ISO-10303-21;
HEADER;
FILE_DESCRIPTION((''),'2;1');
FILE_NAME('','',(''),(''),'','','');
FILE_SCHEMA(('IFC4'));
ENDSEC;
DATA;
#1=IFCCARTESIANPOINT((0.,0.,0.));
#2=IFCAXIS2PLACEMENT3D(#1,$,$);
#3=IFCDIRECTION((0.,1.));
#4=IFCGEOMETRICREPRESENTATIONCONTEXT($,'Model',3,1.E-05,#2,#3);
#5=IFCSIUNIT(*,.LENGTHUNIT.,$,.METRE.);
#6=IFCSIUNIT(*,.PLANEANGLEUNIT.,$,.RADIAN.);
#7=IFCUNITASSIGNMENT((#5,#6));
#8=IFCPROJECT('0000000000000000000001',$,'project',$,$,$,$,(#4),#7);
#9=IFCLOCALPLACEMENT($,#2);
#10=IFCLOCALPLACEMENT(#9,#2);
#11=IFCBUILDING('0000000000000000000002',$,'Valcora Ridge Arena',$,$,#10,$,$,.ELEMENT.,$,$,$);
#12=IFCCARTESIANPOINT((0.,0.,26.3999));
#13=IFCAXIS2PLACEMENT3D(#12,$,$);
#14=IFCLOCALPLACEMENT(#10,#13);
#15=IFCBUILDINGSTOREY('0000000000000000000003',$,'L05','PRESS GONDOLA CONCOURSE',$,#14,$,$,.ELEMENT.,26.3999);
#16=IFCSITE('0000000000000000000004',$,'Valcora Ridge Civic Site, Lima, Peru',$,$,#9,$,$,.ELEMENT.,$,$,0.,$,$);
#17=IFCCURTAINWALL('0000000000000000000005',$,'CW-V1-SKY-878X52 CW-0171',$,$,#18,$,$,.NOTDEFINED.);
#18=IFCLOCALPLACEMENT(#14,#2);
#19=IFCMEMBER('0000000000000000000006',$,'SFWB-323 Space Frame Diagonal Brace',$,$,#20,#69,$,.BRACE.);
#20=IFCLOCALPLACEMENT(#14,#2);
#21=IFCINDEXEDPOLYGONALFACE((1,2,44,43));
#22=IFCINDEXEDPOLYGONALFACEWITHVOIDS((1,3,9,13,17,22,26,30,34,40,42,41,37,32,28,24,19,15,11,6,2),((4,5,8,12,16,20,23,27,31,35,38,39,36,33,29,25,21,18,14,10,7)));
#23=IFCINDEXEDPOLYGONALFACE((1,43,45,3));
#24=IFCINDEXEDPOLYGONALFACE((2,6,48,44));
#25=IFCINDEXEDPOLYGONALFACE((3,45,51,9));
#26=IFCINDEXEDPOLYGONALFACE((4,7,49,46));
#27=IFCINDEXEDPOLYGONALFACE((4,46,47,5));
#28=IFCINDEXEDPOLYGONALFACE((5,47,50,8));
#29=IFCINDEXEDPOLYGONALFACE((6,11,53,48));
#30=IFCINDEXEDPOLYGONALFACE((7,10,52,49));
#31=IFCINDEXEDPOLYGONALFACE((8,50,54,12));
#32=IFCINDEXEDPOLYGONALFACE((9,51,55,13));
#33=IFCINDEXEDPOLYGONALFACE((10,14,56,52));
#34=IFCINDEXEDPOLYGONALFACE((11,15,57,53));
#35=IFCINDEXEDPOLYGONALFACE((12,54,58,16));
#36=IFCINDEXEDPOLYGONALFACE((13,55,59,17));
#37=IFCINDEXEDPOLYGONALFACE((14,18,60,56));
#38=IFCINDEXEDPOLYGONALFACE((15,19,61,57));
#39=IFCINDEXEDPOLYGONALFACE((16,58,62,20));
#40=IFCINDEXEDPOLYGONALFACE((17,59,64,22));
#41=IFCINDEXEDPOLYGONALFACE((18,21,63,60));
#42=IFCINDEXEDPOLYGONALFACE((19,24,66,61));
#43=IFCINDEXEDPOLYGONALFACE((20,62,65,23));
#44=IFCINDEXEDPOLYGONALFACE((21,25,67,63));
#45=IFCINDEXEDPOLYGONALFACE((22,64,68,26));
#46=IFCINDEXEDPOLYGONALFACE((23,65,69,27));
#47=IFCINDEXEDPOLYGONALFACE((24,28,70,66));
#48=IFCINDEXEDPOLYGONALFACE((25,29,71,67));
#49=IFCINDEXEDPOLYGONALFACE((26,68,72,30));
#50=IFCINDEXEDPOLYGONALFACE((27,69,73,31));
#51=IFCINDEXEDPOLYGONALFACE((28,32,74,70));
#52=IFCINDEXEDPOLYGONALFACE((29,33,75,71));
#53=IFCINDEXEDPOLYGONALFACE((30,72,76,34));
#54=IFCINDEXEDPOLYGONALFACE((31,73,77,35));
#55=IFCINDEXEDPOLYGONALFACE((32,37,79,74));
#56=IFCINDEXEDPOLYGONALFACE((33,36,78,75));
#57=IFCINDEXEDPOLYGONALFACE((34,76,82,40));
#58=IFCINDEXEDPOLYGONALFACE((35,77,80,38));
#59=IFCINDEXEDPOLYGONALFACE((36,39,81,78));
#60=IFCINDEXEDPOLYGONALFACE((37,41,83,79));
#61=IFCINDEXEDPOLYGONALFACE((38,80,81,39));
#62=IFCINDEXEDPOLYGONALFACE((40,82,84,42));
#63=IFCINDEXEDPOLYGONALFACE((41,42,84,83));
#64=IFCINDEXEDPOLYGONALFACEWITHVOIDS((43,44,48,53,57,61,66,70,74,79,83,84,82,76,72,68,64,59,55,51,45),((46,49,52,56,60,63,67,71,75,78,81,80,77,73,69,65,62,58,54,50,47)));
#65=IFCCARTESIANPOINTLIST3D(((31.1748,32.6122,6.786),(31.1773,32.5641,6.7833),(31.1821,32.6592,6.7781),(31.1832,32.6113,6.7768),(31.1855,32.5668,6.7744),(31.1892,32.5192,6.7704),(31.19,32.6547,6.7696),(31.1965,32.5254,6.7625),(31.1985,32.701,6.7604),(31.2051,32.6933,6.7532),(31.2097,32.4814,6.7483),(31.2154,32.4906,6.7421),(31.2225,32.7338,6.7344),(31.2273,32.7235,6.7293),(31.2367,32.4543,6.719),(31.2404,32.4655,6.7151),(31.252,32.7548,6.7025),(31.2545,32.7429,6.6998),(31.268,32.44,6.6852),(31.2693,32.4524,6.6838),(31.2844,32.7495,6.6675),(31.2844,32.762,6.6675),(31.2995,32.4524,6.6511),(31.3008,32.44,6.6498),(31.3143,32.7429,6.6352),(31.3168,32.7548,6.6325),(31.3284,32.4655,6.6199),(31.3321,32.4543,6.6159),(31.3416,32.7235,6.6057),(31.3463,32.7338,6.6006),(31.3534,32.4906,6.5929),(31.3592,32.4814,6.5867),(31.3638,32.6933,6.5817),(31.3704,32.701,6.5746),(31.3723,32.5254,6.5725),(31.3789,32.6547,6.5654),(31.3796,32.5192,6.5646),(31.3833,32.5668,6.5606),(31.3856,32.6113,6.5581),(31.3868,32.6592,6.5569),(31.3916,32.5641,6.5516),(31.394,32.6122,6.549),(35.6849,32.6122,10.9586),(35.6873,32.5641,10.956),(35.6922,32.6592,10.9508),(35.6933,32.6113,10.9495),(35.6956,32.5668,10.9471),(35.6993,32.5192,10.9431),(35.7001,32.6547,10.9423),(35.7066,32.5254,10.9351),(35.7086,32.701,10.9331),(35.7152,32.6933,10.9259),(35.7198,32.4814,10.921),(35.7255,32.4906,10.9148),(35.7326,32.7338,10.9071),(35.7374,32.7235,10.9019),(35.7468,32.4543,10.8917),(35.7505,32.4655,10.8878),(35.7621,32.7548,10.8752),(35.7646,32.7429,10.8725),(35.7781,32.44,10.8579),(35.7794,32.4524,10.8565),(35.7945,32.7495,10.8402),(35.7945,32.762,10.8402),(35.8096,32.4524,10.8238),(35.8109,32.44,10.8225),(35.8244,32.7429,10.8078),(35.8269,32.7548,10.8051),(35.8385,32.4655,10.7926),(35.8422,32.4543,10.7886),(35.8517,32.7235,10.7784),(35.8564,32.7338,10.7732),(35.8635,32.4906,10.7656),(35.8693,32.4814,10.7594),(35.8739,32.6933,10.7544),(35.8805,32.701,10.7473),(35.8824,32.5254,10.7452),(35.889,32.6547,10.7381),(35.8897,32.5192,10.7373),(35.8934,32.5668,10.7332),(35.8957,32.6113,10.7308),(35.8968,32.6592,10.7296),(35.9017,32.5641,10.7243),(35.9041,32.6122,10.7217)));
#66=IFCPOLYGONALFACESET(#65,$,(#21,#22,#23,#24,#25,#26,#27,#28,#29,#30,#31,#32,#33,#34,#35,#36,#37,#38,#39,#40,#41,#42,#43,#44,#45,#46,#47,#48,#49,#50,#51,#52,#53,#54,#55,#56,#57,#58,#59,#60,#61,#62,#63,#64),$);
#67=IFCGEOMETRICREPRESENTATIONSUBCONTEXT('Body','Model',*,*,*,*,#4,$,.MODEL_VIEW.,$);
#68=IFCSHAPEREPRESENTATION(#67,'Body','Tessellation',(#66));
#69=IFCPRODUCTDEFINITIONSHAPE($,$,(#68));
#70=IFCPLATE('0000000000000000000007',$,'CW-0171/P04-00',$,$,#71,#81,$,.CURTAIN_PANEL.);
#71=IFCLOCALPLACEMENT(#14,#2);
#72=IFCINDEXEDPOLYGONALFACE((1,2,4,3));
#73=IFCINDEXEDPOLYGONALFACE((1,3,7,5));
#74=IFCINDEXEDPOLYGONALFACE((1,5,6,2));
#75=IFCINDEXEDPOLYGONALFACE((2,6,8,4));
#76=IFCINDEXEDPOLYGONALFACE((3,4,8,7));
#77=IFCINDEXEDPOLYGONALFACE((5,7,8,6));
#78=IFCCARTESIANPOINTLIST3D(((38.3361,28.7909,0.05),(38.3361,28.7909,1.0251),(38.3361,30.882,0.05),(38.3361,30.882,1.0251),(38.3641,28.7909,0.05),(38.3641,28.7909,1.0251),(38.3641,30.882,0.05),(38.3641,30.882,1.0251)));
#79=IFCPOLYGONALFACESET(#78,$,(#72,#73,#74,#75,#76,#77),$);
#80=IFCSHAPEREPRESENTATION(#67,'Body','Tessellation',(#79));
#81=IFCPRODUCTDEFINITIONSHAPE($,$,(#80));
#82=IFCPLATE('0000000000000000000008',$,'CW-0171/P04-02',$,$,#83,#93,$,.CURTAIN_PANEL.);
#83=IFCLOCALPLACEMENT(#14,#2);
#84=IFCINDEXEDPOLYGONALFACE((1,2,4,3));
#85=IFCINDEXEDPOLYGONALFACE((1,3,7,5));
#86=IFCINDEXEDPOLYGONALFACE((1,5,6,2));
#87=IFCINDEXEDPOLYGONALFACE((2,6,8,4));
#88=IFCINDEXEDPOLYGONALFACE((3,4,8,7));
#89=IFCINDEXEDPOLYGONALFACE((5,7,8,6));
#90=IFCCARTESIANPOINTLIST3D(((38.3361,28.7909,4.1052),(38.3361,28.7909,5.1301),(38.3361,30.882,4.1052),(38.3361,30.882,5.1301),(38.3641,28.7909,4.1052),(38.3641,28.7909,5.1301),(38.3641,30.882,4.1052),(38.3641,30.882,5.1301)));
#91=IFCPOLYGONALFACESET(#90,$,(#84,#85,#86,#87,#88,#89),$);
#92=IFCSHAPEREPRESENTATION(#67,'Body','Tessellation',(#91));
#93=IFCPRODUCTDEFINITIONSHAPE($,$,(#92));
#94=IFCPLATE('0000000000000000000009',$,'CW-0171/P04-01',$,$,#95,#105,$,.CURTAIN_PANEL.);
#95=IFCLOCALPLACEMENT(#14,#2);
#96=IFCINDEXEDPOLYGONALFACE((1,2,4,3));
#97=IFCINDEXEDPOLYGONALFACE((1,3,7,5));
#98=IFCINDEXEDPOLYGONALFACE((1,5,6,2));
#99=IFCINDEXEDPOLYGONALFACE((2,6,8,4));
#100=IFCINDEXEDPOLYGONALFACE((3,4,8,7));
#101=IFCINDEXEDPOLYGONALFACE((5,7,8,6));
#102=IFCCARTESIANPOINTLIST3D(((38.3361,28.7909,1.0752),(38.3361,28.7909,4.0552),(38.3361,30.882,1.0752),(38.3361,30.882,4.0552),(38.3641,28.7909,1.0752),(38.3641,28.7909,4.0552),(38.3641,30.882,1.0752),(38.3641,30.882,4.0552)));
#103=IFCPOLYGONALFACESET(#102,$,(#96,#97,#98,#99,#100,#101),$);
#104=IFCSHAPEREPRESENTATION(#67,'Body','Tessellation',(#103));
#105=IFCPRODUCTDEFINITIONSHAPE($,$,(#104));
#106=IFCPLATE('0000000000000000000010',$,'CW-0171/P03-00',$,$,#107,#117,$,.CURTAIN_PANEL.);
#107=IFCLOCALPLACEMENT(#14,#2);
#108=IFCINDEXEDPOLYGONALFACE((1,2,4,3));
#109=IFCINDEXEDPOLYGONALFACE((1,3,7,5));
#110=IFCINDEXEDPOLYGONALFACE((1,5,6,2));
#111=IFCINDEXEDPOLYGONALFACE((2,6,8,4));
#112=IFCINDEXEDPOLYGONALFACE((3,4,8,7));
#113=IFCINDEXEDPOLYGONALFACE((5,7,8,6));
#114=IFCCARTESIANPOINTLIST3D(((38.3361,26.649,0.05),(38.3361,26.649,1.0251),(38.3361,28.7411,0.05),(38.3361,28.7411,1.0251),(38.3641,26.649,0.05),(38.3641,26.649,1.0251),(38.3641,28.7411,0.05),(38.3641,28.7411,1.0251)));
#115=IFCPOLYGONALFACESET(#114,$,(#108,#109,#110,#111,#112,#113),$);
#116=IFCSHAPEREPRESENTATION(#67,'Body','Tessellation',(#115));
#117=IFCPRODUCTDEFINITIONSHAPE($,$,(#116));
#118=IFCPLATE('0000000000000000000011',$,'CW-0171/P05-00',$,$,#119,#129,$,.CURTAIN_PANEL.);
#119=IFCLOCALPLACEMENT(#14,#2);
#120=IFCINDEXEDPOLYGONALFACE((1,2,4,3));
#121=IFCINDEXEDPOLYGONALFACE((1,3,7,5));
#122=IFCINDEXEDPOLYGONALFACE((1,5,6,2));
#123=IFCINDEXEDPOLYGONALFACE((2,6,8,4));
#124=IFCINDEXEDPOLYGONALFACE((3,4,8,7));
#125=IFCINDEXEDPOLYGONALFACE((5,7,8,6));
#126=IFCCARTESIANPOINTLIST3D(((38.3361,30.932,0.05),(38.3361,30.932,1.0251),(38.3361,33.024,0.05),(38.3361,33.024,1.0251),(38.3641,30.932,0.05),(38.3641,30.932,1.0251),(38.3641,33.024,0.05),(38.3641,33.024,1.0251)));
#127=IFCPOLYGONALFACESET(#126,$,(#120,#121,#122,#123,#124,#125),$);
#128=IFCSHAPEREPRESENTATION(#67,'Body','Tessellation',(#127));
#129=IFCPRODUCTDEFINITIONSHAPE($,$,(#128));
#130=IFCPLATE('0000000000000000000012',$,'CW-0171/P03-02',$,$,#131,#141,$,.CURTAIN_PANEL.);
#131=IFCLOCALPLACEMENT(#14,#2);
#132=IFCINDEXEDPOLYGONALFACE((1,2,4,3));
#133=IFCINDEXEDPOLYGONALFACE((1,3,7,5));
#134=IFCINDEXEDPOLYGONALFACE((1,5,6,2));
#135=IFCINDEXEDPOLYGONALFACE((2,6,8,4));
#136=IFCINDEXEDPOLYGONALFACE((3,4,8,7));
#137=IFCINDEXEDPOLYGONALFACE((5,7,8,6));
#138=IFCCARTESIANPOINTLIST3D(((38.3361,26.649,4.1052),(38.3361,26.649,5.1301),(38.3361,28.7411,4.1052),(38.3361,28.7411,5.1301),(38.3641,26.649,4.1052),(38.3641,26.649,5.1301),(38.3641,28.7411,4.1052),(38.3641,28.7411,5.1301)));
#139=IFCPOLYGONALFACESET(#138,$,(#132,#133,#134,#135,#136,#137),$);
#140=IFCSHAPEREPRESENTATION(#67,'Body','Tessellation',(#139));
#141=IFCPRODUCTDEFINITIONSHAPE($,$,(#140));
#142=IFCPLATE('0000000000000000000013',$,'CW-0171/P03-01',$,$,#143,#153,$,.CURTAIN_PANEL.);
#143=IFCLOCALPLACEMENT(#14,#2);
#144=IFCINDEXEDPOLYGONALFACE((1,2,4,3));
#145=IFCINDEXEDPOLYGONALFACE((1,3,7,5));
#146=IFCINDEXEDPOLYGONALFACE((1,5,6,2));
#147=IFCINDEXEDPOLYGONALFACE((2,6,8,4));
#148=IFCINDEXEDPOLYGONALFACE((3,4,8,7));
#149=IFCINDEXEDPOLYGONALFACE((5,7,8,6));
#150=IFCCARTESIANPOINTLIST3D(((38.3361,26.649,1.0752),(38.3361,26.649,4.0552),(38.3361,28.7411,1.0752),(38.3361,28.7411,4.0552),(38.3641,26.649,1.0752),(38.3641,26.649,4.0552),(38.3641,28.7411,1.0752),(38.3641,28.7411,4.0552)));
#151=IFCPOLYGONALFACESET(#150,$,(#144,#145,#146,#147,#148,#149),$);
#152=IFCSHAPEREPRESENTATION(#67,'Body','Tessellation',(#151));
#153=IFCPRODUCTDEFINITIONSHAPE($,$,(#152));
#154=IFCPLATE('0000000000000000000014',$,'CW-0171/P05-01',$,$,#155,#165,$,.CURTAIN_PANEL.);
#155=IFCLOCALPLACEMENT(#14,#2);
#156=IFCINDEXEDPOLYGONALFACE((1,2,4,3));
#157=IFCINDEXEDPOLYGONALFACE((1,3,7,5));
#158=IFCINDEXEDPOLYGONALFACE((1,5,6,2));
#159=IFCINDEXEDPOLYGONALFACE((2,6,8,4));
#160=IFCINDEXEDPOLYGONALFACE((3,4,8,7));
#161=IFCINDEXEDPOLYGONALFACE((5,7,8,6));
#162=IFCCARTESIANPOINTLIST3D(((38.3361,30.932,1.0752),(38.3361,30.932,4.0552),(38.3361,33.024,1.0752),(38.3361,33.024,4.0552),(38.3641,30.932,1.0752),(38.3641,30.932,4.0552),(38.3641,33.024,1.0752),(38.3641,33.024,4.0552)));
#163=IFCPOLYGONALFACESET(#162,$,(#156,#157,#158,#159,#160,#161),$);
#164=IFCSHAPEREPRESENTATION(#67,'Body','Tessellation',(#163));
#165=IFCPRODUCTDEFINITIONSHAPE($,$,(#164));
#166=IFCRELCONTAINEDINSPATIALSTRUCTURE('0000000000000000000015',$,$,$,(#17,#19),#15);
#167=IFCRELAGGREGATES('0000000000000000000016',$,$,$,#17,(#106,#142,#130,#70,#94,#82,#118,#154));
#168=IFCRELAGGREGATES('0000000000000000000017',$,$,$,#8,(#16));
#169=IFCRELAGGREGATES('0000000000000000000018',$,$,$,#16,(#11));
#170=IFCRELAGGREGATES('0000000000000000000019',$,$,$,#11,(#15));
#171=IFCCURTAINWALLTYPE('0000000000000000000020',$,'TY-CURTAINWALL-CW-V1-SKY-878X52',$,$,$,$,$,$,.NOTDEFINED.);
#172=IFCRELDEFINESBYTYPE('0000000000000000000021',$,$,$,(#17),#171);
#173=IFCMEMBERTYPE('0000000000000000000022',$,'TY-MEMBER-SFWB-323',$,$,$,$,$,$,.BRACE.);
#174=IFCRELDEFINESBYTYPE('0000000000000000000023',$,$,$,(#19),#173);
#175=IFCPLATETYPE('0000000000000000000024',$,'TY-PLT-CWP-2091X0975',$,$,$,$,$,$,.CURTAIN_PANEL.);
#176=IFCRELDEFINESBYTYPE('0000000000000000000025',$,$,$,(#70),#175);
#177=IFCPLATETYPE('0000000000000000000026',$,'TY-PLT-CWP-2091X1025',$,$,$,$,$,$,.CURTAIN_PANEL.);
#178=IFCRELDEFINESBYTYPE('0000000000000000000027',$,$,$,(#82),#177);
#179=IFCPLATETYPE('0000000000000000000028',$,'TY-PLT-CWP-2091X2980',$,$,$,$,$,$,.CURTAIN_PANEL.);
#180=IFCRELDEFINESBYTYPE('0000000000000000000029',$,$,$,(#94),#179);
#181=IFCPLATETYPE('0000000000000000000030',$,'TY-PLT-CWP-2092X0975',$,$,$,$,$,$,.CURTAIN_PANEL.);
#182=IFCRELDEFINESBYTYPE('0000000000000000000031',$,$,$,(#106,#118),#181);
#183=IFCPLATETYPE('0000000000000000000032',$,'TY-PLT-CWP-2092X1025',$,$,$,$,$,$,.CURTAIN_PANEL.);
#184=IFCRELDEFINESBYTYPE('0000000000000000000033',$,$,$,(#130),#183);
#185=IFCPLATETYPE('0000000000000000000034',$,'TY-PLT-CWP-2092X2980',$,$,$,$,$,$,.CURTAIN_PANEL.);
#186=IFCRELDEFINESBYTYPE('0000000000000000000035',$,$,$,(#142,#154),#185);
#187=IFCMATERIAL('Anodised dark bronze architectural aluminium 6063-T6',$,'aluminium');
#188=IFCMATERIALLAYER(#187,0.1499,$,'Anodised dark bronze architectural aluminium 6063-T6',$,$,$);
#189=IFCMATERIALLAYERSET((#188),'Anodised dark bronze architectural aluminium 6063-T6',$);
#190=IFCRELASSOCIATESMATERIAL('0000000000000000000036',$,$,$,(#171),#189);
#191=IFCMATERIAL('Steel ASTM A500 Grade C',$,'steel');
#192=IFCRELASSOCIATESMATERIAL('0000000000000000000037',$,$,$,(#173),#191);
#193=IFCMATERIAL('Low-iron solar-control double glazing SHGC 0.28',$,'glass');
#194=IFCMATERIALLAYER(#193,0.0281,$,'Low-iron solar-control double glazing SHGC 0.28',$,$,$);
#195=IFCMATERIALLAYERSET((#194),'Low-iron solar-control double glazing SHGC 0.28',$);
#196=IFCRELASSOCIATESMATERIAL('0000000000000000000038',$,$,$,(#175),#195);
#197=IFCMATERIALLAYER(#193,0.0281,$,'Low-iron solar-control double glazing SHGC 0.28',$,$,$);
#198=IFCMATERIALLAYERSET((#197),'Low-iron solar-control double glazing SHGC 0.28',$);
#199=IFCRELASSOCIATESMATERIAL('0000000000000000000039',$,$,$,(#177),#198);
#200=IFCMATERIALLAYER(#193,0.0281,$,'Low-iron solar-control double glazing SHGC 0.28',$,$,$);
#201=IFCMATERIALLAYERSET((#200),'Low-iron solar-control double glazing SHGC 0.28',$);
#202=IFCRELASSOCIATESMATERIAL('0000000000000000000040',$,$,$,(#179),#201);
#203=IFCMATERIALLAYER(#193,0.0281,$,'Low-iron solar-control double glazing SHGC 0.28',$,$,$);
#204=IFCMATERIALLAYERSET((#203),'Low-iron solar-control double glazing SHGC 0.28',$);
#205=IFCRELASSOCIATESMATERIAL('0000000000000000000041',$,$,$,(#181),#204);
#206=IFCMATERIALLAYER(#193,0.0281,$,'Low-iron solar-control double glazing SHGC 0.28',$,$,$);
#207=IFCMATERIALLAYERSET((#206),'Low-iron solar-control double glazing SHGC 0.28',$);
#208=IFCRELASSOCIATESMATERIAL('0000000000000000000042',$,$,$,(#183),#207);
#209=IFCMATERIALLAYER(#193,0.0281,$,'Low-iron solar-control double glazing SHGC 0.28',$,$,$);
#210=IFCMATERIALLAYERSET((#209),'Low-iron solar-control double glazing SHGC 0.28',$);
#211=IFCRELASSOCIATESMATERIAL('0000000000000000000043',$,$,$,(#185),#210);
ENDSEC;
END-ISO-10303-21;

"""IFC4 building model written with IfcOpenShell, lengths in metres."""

from ifc_helpers import new_model, si_unit, direction, frame, origin, origin_2d, place, context, subcontext, project, spatial, rectangle, hollow_circle, extrude, material, layer, layer_set, material_profile, profile_set, type_object, element, aggregate, save


model = new_model("IFC4")

# Units and contexts
model_context = context("Model", 3, precision=1e-05, world=origin(), true_north=direction((0.0, 1.0)))
body_context = subcontext(model_context, "Body", "Model", "MODEL_VIEW")
ifc_project = project(units=[si_unit("LENGTHUNIT", "METRE"), si_unit("PLANEANGLEUNIT", "RADIAN")], contexts=[model_context])

# Site, building, storey
site_placement = place(None, origin())
site = spatial("IfcSite", under=ifc_project, at=site_placement, Name="Valcora Ridge Civic Site, Lima, Peru", CompositionType="ELEMENT", RefElevation=0.0)
building_placement = place(site_placement, origin())
building = spatial("IfcBuilding", under=site, at=building_placement, Name="Valcora Ridge Arena", CompositionType="ELEMENT")
storey_placement = place(building_placement, frame((0.0, 0.0, 26.3999)))
storey = spatial("IfcBuildingStorey", under=building, at=storey_placement, Name="L05", Description="PRESS GONDOLA CONCOURSE", CompositionType="ELEMENT", Elevation=26.3999)

# Curtain wall
ifc_material_1 = material(Name="Anodised dark bronze architectural aluminium 6063-T6", Category="aluminium")
ifc_layer_1 = layer(ifc_material_1, 0.1499, Name="Anodised dark bronze architectural aluminium 6063-T6")
ifc_layer_set_1 = layer_set([ifc_layer_1], Name="Anodised dark bronze architectural aluminium 6063-T6")
curtain_wall_type = type_object("IfcCurtainWallType", Name="TY-CURTAINWALL-CW-V1-SKY-878X52", PredefinedType="NOTDEFINED", material=ifc_layer_set_1)
curtain_wall_placement = place(storey_placement, origin())
curtain_wall = element("IfcCurtainWall", 1, at=curtain_wall_placement, inside=storey, type_object=curtain_wall_type, Name="CW-V1-SKY-878X52 CW-0171", PredefinedType="NOTDEFINED")

# Member
ifc_material_2 = material(Name="Steel ASTM A500 Grade C", Category="steel")
ifc_material_profile_1 = material_profile(ifc_material_2, hollow_circle(Radius=0.1619, WallThickness=0.0125, at=origin_2d()), Name="CHS323X12")
ifc_profile_set_1 = profile_set([ifc_material_profile_1], Name="Steel ASTM A500 Grade C")
member_type_1 = type_object("IfcMemberType", Name="TY-MEMBER-SFWB-323", PredefinedType="BRACE", material=ifc_profile_set_1)
member_1_placement = place(storey_placement, frame((31.2844, 32.6001, 6.6675), z_axis=(0.734031, 0.0, 0.679116), x_axis=(0.0, 1.0, 0.0)))
element("IfcMember", 2, at=member_1_placement, inside=storey, type_object=member_type_1, Name="SFWB-323 Space Frame Diagonal Brace", PredefinedType="BRACE", context=body_context, shape_type="SweptSolid", body=[
    extrude(hollow_circle(Radius=0.1619, WallThickness=0.0125, at=origin_2d()), origin(), (0.0, 0.0, 1.0), 6.1443),
])

# Plates
ifc_material_3 = material(Name="Low-iron solar-control double glazing SHGC 0.28", Category="glass")
ifc_layer_2 = layer(ifc_material_3, 0.0281, Name="Low-iron solar-control double glazing SHGC 0.28")
ifc_layer_set_2 = layer_set([ifc_layer_2], Name="Low-iron solar-control double glazing SHGC 0.28")
plate_type_1 = type_object("IfcPlateType", Name="TY-PLT-CWP-2091X0975", PredefinedType="CURTAIN_PANEL", material=ifc_layer_set_2)
plate_1_placement = place(storey_placement, frame((38.3501, 29.8364, 0.05), z_axis=(0.0, 0.0, 1.0), x_axis=(0.0, 1.0, 0.0)))
plate_1 = element("IfcPlate", 3, at=plate_1_placement, type_object=plate_type_1, Name="CW-0171/P04-00", PredefinedType="CURTAIN_PANEL", context=body_context, shape_type="SweptSolid", body=[
    extrude(rectangle(XDim=2.0911, YDim=0.0281, at=origin_2d()), origin(), (0.0, 0.0, 1.0), 0.9751),
])
ifc_layer_3 = layer(ifc_material_3, 0.0281, Name="Low-iron solar-control double glazing SHGC 0.28")
ifc_layer_set_3 = layer_set([ifc_layer_3], Name="Low-iron solar-control double glazing SHGC 0.28")
plate_type_2 = type_object("IfcPlateType", Name="TY-PLT-CWP-2091X1025", PredefinedType="CURTAIN_PANEL", material=ifc_layer_set_3)
plate_2_placement = place(storey_placement, frame((38.3501, 29.8364, 4.1052), z_axis=(0.0, 0.0, 1.0), x_axis=(0.0, 1.0, 0.0)))
plate_2 = element("IfcPlate", 4, at=plate_2_placement, type_object=plate_type_2, Name="CW-0171/P04-02", PredefinedType="CURTAIN_PANEL", context=body_context, shape_type="SweptSolid", body=[
    extrude(rectangle(XDim=2.0911, YDim=0.0281, at=origin_2d()), origin(), (0.0, 0.0, 1.0), 1.0249),
])
ifc_layer_4 = layer(ifc_material_3, 0.0281, Name="Low-iron solar-control double glazing SHGC 0.28")
ifc_layer_set_4 = layer_set([ifc_layer_4], Name="Low-iron solar-control double glazing SHGC 0.28")
plate_type_3 = type_object("IfcPlateType", Name="TY-PLT-CWP-2091X2980", PredefinedType="CURTAIN_PANEL", material=ifc_layer_set_4)
plate_3_placement = place(storey_placement, frame((38.3501, 29.8364, 1.0752), z_axis=(0.0, 0.0, 1.0), x_axis=(0.0, 1.0, 0.0)))
plate_3 = element("IfcPlate", 5, at=plate_3_placement, type_object=plate_type_3, Name="CW-0171/P04-01", PredefinedType="CURTAIN_PANEL", context=body_context, shape_type="SweptSolid", body=[
    extrude(rectangle(XDim=2.0911, YDim=0.0281, at=origin_2d()), origin(), (0.0, 0.0, 1.0), 2.98),
])
ifc_layer_5 = layer(ifc_material_3, 0.0281, Name="Low-iron solar-control double glazing SHGC 0.28")
ifc_layer_set_5 = layer_set([ifc_layer_5], Name="Low-iron solar-control double glazing SHGC 0.28")
plate_type_4 = type_object("IfcPlateType", Name="TY-PLT-CWP-2092X0975", PredefinedType="CURTAIN_PANEL", material=ifc_layer_set_5)
plate_4_placement = place(storey_placement, frame((38.3501, 27.6951, 0.05), z_axis=(0.0, 0.0, 1.0), x_axis=(0.0, 1.0, 0.0)))
plate_4 = element("IfcPlate", 6, at=plate_4_placement, type_object=plate_type_4, Name="CW-0171/P03-00", PredefinedType="CURTAIN_PANEL", context=body_context, shape_type="SweptSolid", body=[
    extrude(rectangle(XDim=2.092, YDim=0.0281, at=origin_2d()), origin(), (0.0, 0.0, 1.0), 0.9751),
])
plate_5_placement = place(storey_placement, frame((38.3501, 31.978, 0.05), z_axis=(0.0, 0.0, 1.0), x_axis=(0.0, 1.0, 0.0)))
plate_5 = element("IfcPlate", 7, at=plate_5_placement, type_object=plate_type_4, Name="CW-0171/P05-00", PredefinedType="CURTAIN_PANEL", context=body_context, shape_type="SweptSolid", body=[
    extrude(rectangle(XDim=2.092, YDim=0.0281, at=origin_2d()), origin(), (0.0, 0.0, 1.0), 0.9751),
])
ifc_layer_6 = layer(ifc_material_3, 0.0281, Name="Low-iron solar-control double glazing SHGC 0.28")
ifc_layer_set_6 = layer_set([ifc_layer_6], Name="Low-iron solar-control double glazing SHGC 0.28")
plate_type_5 = type_object("IfcPlateType", Name="TY-PLT-CWP-2092X1025", PredefinedType="CURTAIN_PANEL", material=ifc_layer_set_6)
plate_6_placement = place(storey_placement, frame((38.3501, 27.6951, 4.1052), z_axis=(0.0, 0.0, 1.0), x_axis=(0.0, 1.0, 0.0)))
plate_6 = element("IfcPlate", 8, at=plate_6_placement, type_object=plate_type_5, Name="CW-0171/P03-02", PredefinedType="CURTAIN_PANEL", context=body_context, shape_type="SweptSolid", body=[
    extrude(rectangle(XDim=2.092, YDim=0.0281, at=origin_2d()), origin(), (0.0, 0.0, 1.0), 1.0249),
])
ifc_layer_7 = layer(ifc_material_3, 0.0281, Name="Low-iron solar-control double glazing SHGC 0.28")
ifc_layer_set_7 = layer_set([ifc_layer_7], Name="Low-iron solar-control double glazing SHGC 0.28")
plate_type_6 = type_object("IfcPlateType", Name="TY-PLT-CWP-2092X2980", PredefinedType="CURTAIN_PANEL", material=ifc_layer_set_7)
plate_7_placement = place(storey_placement, frame((38.3501, 27.6951, 1.0752), z_axis=(0.0, 0.0, 1.0), x_axis=(0.0, 1.0, 0.0)))
plate_7 = element("IfcPlate", 9, at=plate_7_placement, type_object=plate_type_6, Name="CW-0171/P03-01", PredefinedType="CURTAIN_PANEL", context=body_context, shape_type="SweptSolid", body=[
    extrude(rectangle(XDim=2.092, YDim=0.0281, at=origin_2d()), origin(), (0.0, 0.0, 1.0), 2.98),
])
plate_8_placement = place(storey_placement, frame((38.3501, 31.978, 1.0752), z_axis=(0.0, 0.0, 1.0), x_axis=(0.0, 1.0, 0.0)))
plate_8 = element("IfcPlate", 10, at=plate_8_placement, type_object=plate_type_6, Name="CW-0171/P05-01", PredefinedType="CURTAIN_PANEL", context=body_context, shape_type="SweptSolid", body=[
    extrude(rectangle(XDim=2.092, YDim=0.0281, at=origin_2d()), origin(), (0.0, 0.0, 1.0), 2.98),
])
aggregate(curtain_wall, [plate_4, plate_7, plate_6, plate_1, plate_3, plate_2, plate_5, plate_8])

save(model, "model.ifc")
